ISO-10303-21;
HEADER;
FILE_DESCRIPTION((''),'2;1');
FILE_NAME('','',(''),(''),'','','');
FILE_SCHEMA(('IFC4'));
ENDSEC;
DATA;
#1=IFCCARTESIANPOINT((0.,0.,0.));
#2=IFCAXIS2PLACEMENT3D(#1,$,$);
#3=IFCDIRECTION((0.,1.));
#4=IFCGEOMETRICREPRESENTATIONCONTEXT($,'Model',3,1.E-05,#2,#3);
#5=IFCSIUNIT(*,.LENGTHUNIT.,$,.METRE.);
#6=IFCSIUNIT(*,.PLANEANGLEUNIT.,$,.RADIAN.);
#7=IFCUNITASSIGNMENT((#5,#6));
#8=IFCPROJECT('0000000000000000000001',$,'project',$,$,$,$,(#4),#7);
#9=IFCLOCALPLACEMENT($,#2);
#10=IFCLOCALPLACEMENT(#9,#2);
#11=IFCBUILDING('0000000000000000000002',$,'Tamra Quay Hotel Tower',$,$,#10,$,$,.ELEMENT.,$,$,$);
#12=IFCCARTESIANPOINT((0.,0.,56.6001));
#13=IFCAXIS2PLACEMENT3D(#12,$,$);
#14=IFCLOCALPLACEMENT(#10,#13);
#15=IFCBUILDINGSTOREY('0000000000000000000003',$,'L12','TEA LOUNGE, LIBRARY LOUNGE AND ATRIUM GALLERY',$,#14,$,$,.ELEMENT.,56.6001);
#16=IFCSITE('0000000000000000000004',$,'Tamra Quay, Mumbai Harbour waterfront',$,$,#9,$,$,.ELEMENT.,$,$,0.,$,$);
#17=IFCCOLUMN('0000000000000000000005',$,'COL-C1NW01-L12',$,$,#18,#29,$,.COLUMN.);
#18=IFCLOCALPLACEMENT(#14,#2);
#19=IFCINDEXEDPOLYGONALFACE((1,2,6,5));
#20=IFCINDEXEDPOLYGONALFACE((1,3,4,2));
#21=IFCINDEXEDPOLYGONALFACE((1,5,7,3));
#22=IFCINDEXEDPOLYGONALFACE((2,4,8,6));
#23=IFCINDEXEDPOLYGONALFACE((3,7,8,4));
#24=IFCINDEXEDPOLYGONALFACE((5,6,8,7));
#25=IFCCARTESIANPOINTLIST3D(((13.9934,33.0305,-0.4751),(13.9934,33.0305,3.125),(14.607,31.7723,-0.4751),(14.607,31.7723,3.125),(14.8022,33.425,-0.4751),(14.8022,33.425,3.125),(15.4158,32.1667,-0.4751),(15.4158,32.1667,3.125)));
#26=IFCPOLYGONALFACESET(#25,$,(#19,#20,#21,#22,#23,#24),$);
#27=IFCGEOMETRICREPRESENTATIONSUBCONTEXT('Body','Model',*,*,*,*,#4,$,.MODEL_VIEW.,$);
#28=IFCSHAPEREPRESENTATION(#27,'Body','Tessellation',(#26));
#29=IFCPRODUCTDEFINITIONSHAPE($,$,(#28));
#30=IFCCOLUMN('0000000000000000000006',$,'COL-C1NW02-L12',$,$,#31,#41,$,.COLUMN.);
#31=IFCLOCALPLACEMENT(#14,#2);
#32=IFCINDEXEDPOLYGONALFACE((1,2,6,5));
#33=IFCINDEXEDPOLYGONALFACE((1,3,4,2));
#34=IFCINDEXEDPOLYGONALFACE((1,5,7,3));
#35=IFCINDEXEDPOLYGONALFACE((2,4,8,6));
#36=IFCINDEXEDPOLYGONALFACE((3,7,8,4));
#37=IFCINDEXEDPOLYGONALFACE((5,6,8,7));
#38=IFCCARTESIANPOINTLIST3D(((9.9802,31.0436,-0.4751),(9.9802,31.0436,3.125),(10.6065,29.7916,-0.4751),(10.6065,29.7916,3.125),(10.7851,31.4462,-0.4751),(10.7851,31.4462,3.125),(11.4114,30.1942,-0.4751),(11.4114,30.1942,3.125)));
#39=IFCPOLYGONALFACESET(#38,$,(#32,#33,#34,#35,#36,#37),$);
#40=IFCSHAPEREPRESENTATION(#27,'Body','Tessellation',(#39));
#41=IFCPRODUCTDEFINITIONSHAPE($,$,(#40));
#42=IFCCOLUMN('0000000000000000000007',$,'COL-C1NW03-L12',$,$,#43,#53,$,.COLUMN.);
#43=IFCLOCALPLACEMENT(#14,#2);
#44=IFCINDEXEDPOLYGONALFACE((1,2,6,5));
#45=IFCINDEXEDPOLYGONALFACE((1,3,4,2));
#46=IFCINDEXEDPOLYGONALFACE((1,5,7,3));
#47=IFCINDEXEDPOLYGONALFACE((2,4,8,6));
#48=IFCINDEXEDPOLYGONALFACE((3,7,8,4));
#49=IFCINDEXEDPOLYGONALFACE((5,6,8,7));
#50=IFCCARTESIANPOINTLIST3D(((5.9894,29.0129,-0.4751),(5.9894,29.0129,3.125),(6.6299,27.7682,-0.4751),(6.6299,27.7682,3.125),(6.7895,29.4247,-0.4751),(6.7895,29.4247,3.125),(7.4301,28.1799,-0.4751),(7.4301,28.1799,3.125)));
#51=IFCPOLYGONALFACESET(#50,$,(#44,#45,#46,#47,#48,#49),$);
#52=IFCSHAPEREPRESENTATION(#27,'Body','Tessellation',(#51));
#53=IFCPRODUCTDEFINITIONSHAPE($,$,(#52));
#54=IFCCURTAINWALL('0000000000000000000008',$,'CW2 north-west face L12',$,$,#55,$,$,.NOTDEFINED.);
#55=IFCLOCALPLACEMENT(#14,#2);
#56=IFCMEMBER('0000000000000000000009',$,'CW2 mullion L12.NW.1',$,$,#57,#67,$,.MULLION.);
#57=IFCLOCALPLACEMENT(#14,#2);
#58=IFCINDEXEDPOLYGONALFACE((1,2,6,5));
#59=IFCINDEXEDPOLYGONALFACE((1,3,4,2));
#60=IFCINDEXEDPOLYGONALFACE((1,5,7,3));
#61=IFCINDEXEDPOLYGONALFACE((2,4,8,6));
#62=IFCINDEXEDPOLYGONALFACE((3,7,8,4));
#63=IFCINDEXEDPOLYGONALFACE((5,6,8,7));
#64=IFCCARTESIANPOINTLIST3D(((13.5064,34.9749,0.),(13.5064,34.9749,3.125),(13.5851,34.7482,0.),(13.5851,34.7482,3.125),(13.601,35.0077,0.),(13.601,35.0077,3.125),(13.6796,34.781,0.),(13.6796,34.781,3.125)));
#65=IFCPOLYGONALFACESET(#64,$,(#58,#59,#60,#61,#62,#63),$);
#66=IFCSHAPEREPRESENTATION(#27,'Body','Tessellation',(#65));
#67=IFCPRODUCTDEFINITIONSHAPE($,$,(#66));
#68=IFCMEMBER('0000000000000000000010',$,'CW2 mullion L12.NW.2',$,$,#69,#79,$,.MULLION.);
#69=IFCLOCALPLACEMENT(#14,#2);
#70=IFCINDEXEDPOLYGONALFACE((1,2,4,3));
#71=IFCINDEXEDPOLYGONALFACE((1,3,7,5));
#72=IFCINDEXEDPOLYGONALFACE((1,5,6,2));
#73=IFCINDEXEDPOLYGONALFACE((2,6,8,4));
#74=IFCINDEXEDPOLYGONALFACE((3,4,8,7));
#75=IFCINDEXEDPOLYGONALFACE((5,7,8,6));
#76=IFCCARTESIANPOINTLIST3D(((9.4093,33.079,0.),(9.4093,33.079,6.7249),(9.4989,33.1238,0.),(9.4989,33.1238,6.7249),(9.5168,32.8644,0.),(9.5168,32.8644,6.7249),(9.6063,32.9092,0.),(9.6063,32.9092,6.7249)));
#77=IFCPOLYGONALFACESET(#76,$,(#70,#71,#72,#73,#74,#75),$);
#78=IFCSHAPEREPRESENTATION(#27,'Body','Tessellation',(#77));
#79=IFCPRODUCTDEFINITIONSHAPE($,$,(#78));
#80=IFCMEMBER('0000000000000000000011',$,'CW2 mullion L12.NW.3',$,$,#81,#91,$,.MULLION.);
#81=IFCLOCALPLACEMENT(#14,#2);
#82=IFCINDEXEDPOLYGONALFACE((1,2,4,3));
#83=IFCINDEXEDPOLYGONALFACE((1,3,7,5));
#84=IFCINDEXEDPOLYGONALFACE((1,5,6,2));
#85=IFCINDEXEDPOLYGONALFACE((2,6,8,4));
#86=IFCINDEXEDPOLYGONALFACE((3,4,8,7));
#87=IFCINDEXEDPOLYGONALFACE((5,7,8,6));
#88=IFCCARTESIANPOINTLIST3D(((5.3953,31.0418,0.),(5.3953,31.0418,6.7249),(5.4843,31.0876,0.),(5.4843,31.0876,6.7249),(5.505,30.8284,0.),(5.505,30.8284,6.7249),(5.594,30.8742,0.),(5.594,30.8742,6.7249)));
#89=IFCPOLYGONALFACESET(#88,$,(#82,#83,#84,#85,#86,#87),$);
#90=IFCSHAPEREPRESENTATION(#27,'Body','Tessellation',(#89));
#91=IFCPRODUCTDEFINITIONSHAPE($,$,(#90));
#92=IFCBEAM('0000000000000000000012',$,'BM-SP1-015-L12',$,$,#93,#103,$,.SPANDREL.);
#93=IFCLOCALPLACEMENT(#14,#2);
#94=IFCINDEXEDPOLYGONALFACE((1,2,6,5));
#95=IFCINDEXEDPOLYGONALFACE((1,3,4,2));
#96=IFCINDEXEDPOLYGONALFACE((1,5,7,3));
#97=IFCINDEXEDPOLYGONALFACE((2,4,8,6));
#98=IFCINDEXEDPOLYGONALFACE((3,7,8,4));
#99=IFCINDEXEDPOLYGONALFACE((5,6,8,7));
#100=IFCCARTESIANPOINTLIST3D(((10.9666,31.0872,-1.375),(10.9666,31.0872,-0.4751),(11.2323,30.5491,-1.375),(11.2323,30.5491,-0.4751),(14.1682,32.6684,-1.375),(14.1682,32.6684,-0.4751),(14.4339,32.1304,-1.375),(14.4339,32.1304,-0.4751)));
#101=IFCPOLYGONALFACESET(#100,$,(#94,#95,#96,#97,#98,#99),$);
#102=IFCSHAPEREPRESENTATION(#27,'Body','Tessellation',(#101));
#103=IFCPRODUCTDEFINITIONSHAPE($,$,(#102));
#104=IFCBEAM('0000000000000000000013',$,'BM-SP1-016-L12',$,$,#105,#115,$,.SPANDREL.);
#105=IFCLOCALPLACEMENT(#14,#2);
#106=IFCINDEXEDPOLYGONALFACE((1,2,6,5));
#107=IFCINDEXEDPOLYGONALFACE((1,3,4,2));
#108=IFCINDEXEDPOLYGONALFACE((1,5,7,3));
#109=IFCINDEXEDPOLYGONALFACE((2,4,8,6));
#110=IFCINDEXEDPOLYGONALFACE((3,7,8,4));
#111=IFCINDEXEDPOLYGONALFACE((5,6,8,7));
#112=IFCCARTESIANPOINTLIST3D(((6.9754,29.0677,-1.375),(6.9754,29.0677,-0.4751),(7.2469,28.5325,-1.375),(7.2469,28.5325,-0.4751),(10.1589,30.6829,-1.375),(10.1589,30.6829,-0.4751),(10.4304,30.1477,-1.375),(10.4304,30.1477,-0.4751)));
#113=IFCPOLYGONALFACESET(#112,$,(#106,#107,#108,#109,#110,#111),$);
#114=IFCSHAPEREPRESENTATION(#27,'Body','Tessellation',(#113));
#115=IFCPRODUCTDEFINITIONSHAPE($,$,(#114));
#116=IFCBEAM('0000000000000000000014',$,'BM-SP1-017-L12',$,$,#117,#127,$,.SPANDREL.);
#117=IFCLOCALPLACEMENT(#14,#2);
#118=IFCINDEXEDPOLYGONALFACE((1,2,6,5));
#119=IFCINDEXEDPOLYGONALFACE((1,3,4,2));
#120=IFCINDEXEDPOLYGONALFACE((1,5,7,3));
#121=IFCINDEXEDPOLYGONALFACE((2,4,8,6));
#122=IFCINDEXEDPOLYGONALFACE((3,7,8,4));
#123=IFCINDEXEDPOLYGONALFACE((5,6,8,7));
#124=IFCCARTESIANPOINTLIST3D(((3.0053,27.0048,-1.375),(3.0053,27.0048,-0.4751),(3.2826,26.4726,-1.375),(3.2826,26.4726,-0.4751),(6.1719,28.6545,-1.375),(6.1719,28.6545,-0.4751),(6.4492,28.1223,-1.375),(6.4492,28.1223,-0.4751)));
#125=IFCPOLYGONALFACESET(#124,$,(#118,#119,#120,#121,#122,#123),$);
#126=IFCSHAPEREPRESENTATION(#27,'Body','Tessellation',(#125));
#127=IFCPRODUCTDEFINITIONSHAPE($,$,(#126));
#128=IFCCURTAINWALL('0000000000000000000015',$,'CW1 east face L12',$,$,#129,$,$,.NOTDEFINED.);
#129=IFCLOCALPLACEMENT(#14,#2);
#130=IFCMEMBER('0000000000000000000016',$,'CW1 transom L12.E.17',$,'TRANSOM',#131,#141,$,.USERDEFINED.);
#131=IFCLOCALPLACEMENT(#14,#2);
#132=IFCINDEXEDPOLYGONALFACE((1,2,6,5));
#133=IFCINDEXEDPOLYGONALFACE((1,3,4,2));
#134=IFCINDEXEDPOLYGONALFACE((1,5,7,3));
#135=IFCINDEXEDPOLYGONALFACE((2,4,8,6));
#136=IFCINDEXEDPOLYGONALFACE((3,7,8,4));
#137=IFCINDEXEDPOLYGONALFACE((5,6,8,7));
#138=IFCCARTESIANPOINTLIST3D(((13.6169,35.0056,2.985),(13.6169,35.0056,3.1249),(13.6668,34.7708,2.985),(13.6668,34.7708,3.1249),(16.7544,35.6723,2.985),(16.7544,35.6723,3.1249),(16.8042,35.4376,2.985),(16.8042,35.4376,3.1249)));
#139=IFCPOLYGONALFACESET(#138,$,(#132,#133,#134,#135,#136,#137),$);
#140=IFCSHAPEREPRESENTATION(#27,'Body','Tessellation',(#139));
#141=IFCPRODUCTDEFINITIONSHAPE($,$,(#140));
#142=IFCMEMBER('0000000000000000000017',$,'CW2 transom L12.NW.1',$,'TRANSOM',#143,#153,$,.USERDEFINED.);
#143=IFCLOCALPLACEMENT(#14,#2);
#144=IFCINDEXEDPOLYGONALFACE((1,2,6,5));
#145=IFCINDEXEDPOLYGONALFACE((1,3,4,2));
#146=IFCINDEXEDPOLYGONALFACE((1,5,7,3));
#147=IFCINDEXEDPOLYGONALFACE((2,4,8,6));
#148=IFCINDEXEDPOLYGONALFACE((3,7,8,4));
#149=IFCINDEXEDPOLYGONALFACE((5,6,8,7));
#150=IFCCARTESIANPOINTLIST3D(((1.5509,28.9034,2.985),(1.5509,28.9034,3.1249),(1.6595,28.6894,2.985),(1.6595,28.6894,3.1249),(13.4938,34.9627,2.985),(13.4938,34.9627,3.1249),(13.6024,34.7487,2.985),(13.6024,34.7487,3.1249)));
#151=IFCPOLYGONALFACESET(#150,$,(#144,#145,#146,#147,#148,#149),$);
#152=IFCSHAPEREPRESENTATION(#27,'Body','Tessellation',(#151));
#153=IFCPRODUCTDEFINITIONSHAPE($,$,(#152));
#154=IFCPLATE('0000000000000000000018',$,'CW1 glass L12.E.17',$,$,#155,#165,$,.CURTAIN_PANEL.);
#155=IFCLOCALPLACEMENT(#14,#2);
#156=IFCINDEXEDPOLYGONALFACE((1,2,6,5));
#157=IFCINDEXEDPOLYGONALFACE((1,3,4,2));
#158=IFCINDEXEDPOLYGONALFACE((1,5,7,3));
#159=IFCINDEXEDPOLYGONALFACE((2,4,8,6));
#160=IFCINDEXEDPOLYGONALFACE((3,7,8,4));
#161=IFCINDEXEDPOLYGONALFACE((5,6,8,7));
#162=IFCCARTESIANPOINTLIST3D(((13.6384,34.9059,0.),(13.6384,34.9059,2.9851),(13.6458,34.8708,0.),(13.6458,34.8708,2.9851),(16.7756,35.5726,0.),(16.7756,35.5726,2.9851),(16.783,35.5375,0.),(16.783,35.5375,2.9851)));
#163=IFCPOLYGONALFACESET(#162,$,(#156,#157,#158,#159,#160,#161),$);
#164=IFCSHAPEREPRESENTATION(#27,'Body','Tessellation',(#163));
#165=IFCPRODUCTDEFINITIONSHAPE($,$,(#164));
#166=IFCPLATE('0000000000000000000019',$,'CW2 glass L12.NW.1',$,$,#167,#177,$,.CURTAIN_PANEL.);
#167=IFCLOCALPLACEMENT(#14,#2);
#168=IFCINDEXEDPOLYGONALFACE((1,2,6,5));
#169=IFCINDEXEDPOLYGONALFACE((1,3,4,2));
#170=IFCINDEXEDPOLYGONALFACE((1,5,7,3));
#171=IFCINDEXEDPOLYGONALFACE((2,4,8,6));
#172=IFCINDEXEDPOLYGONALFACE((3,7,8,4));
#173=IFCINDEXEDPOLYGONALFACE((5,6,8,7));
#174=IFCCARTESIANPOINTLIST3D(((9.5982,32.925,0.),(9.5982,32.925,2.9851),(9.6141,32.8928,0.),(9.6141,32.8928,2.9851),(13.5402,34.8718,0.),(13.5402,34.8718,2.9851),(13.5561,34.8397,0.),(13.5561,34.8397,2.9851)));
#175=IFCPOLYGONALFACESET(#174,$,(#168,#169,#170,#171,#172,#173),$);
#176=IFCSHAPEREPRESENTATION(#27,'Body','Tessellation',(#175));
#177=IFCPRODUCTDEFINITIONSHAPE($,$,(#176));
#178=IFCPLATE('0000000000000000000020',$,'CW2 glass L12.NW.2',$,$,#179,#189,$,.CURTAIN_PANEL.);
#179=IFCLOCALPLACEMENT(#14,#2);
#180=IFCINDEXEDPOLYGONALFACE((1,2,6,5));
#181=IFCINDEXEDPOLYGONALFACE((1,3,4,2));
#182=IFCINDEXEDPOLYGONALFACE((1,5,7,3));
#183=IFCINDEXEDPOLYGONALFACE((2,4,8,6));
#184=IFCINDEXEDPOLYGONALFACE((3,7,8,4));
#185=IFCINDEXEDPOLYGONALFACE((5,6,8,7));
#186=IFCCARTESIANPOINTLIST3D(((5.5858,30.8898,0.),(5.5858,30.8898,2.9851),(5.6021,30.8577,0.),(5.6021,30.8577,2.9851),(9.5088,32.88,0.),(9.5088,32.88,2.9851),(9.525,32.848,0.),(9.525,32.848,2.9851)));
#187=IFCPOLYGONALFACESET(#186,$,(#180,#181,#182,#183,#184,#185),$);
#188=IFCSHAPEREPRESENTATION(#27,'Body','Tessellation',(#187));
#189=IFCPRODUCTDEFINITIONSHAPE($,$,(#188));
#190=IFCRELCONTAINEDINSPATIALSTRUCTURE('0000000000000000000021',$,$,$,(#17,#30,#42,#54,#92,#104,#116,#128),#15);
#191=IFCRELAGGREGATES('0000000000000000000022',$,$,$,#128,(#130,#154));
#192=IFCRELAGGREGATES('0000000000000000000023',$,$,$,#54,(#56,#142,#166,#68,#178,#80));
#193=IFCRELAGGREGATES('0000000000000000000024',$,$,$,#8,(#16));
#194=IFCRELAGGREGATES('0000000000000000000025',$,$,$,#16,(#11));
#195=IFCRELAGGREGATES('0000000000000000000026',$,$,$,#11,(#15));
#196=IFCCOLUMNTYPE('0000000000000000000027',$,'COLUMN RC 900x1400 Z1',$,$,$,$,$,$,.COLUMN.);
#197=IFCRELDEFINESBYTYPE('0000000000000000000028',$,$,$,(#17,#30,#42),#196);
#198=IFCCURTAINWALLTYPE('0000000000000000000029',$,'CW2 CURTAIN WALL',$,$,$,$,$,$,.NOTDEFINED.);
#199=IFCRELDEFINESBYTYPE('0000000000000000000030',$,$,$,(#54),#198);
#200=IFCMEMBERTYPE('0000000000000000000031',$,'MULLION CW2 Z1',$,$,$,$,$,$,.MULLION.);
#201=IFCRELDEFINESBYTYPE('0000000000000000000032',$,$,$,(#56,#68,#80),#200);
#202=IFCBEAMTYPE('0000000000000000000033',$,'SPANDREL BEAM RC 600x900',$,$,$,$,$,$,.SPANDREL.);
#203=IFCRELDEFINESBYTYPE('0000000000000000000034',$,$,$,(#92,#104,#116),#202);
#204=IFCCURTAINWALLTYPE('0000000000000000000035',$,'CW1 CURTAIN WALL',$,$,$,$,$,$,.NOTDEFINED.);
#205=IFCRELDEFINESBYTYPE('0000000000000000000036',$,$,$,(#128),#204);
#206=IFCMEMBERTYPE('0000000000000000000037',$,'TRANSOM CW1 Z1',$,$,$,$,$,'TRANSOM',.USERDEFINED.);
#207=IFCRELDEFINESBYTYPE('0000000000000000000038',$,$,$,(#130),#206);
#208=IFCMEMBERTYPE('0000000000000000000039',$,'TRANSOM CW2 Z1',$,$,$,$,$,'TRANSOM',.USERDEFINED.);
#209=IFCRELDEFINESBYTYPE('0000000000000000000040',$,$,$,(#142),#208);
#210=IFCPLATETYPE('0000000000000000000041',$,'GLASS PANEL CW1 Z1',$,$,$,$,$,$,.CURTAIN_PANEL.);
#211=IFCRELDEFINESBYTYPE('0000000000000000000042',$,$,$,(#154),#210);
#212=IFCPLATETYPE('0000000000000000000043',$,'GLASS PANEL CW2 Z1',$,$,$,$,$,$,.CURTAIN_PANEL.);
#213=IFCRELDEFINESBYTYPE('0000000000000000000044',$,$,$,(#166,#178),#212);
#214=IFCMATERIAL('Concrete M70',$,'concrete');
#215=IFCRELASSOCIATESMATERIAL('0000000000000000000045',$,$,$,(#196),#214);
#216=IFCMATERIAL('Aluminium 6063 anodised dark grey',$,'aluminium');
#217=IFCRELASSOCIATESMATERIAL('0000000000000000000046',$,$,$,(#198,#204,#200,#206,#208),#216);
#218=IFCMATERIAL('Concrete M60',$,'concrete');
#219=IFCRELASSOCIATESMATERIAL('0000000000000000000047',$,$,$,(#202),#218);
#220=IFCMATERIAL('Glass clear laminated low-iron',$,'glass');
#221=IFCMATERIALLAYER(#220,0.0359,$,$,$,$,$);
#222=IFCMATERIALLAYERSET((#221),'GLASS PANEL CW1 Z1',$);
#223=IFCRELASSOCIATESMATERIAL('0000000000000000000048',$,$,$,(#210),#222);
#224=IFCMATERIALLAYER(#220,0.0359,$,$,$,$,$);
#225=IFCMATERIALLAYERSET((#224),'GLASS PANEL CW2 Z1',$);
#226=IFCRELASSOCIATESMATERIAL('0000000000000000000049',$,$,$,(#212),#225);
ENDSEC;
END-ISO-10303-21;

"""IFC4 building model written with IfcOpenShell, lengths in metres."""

from ifc_helpers import new_model, si_unit, direction, frame, origin, origin_2d, place, context, subcontext, project, spatial, rectangle, extrude, material, layer, layer_set, material_profile, profile_set, type_object, element, aggregate, save


model = new_model("IFC4")

# Units and contexts
model_context = context("Model", 3, precision=1e-05, world=origin(), true_north=direction((0.0, 1.0)))
body_context = subcontext(model_context, "Body", "Model", "MODEL_VIEW")
ifc_project = project(units=[si_unit("LENGTHUNIT", "METRE"), si_unit("PLANEANGLEUNIT", "RADIAN")], contexts=[model_context])

# Site, building, storey
site_placement = place(None, origin())
site = spatial("IfcSite", under=ifc_project, at=site_placement, Name="Tamra Quay, Mumbai Harbour waterfront", CompositionType="ELEMENT", RefElevation=0.0)
building_placement = place(site_placement, origin())
building = spatial("IfcBuilding", under=site, at=building_placement, Name="Tamra Quay Hotel Tower", CompositionType="ELEMENT")
storey_placement = place(building_placement, frame((0.0, 0.0, 56.6001)))
storey = spatial("IfcBuildingStorey", under=building, at=storey_placement, Name="L12", Description="TEA LOUNGE, LIBRARY LOUNGE AND ATRIUM GALLERY", CompositionType="ELEMENT", Elevation=56.6001)

# Columns
ifc_material_1 = material(Name="Concrete M70", Category="concrete")
ifc_material_profile_1 = material_profile(ifc_material_1, rectangle(XDim=1.3999, YDim=0.8999, at=origin_2d()), Name="COLUMN RC 900x1400 Z1")
ifc_profile_set_1 = profile_set([ifc_material_profile_1], Name="Concrete M70")
column_type = type_object("IfcColumnType", Name="COLUMN RC 900x1400 Z1", PredefinedType="COLUMN", material=ifc_profile_set_1)
for number, where, z_axis, x_axis, name in (
    (1, (14.7046, 32.5986, -0.4751), (0.0, 0.0, 1.0), (-0.438341, 0.898809, 0.0), "COL-C1NW01-L12"),
    (2, (10.6958, 30.6189, -0.4751), (0.0, 0.0, 1.0), (-0.447377, 0.894346, 0.0), "COL-C1NW02-L12"),
    (3, (6.7097, 28.5964, -0.4751), (0.0, 0.0, 1.0), (-0.457548, 0.889185, 0.0), "COL-C1NW03-L12"),
):
    element("IfcColumn", number, at=place(storey_placement, frame(where, z_axis=z_axis, x_axis=x_axis)), inside=storey, type_object=column_type, Name=name, PredefinedType="COLUMN", context=body_context, shape_type="SweptSolid", body=[
        extrude(rectangle(XDim=1.3999, YDim=0.8999, at=origin_2d()), origin(), (0.0, 0.0, 1.0), 3.6001),
    ])

# Curtain wall, members
ifc_material_2 = material(Name="Aluminium 6063 anodised dark grey", Category="aluminium")
curtain_wall_type_1 = type_object("IfcCurtainWallType", Name="CW2 CURTAIN WALL", PredefinedType="NOTDEFINED", material=ifc_material_2)
curtain_wall_1_placement = place(storey_placement, origin())
curtain_wall_1 = element("IfcCurtainWall", 4, at=curtain_wall_1_placement, inside=storey, type_object=curtain_wall_type_1, Name="CW2 north-west face L12", PredefinedType="NOTDEFINED")
ifc_material_profile_2 = material_profile(ifc_material_2, rectangle(XDim=0.24, YDim=0.1001, at=origin_2d()), Name="MULLION 100X240")
ifc_profile_set_2 = profile_set([ifc_material_profile_2], Name="Aluminium 6063 anodised dark grey")
member_type_1 = type_object("IfcMemberType", Name="MULLION CW2 Z1", PredefinedType="MULLION", material=ifc_profile_set_2)
member_1_placement = place(storey_placement, frame((13.593, 34.8779, 0.0), z_axis=(0.0, 0.0, 1.0), x_axis=(-0.327898, 0.944713, 0.0)))
member_1 = element("IfcMember", 5, at=member_1_placement, type_object=member_type_1, Name="CW2 mullion L12.NW.1", PredefinedType="MULLION", context=body_context, shape_type="SweptSolid", body=[
    extrude(rectangle(XDim=0.24, YDim=0.1001, at=origin_2d()), origin(), (0.0, 0.0, 1.0), 3.125),
])
member_2_placement = place(storey_placement, frame((9.5078, 32.9941, 0.0), z_axis=(0.0, 0.0, 1.0), x_axis=(-0.447641, 0.894213, 0.0)))
member_2 = element("IfcMember", 6, at=member_2_placement, type_object=member_type_1, Name="CW2 mullion L12.NW.2", PredefinedType="MULLION", context=body_context, shape_type="SweptSolid", body=[
    extrude(rectangle(XDim=0.24, YDim=0.1001, at=origin_2d()), origin(), (0.0, 0.0, 1.0), 6.7249),
])
member_3_placement = place(storey_placement, frame((5.4946, 30.958, 0.0), z_axis=(0.0, 0.0, 1.0), x_axis=(-0.457254, 0.889336, 0.0)))
member_3 = element("IfcMember", 7, at=member_3_placement, type_object=member_type_1, Name="CW2 mullion L12.NW.3", PredefinedType="MULLION", context=body_context, shape_type="SweptSolid", body=[
    extrude(rectangle(XDim=0.24, YDim=0.1001, at=origin_2d()), origin(), (0.0, 0.0, 1.0), 6.7249),
])

# Beams
ifc_material_3 = material(Name="Concrete M60", Category="concrete")
ifc_material_profile_3 = material_profile(ifc_material_3, rectangle(XDim=0.6001, YDim=0.8999, at=origin_2d()), Name="SPANDREL BEAM RC 600x900")
ifc_profile_set_3 = profile_set([ifc_material_profile_3], Name="Concrete M60")
beam_type = type_object("IfcBeamType", Name="SPANDREL BEAM RC 600x900", PredefinedType="SPANDREL", material=ifc_profile_set_3)
beam_1_placement = place(storey_placement, frame((14.301, 32.3994, -0.925), z_axis=(-0.896604, -0.442833, 0.0), x_axis=(0.442833, -0.896604, 0.0)))
element("IfcBeam", 8, at=beam_1_placement, inside=storey, type_object=beam_type, Name="BM-SP1-015-L12", PredefinedType="SPANDREL", context=body_context, shape_type="SweptSolid", body=[
    extrude(rectangle(XDim=0.6001, YDim=0.8999, at=origin_2d()), origin(), (0.0, 0.0, 1.0), 3.5708),
])
beam_2_placement = place(storey_placement, frame((10.2947, 30.4153, -0.925), z_axis=(-0.891786, -0.452458, 0.0), x_axis=(0.452458, -0.891786, 0.0)))
element("IfcBeam", 9, at=beam_2_placement, inside=storey, type_object=beam_type, Name="BM-SP1-016-L12", PredefinedType="SPANDREL", context=body_context, shape_type="SweptSolid", body=[
    extrude(rectangle(XDim=0.6001, YDim=0.8999, at=origin_2d()), origin(), (0.0, 0.0, 1.0), 3.5698),
])
beam_3_placement = place(storey_placement, frame((6.3105, 28.3884, -0.925), z_axis=(-0.886864, -0.462031, 0.0), x_axis=(0.462031, -0.886864, 0.0)))
element("IfcBeam", 10, at=beam_3_placement, inside=storey, type_object=beam_type, Name="BM-SP1-017-L12", PredefinedType="SPANDREL", context=body_context, shape_type="SweptSolid", body=[
    extrude(rectangle(XDim=0.6001, YDim=0.8999, at=origin_2d()), origin(), (0.0, 0.0, 1.0), 3.5706),
])

# Curtain wall, member
curtain_wall_type_2 = type_object("IfcCurtainWallType", Name="CW1 CURTAIN WALL", PredefinedType="NOTDEFINED", material=ifc_material_2)
curtain_wall_2_placement = place(storey_placement, origin())
curtain_wall_2 = element("IfcCurtainWall", 11, at=curtain_wall_2_placement, inside=storey, type_object=curtain_wall_type_2, Name="CW1 east face L12", PredefinedType="NOTDEFINED")
ifc_material_profile_4 = material_profile(ifc_material_2, rectangle(XDim=0.24, YDim=0.1399, at=origin_2d()), Name="TRANSOM 240X140")
ifc_profile_set_4 = profile_set([ifc_material_profile_4], Name="Aluminium 6063 anodised dark grey")
member_type_2 = type_object("IfcMemberType", Name="TRANSOM CW1 Z1", ElementType="TRANSOM", PredefinedType="USERDEFINED", material=ifc_profile_set_4)
member_4_placement = place(storey_placement, frame((16.7793, 35.5549, 3.0549), z_axis=(-0.978156, -0.207871, 0.0), x_axis=(0.207871, -0.978156, 0.0)))
member_4 = element("IfcMember", 12, at=member_4_placement, type_object=member_type_2, Name="CW1 transom L12.E.17", ObjectType="TRANSOM", PredefinedType="USERDEFINED", context=body_context, shape_type="SweptSolid", body=[
    extrude(rectangle(XDim=0.24, YDim=0.1399, at=origin_2d()), origin(), (0.0, 0.0, 1.0), 3.2075),
])

# Member
ifc_material_profile_5 = material_profile(ifc_material_2, rectangle(XDim=0.24, YDim=0.1399, at=origin_2d()), Name="TRANSOM 240X140")
ifc_profile_set_5 = profile_set([ifc_material_profile_5], Name="Aluminium 6063 anodised dark grey")
member_type_3 = type_object("IfcMemberType", Name="TRANSOM CW2 Z1", ElementType="TRANSOM", PredefinedType="USERDEFINED", material=ifc_profile_set_5)
member_5_placement = place(storey_placement, frame((13.5481, 34.8557, 3.0549), z_axis=(-0.891787, -0.452456, 0.0), x_axis=(0.452456, -0.891787, 0.0)))
member_5 = element("IfcMember", 13, at=member_5_placement, type_object=member_type_3, Name="CW2 transom L12.NW.1", ObjectType="TRANSOM", PredefinedType="USERDEFINED", context=body_context, shape_type="SweptSolid", body=[
    extrude(rectangle(XDim=0.24, YDim=0.1399, at=origin_2d()), origin(), (0.0, 0.0, 1.0), 13.3921),
])

# Plates
ifc_material_4 = material(Name="Glass clear laminated low-iron", Category="glass")
ifc_layer_1 = layer(ifc_material_4, 0.0359)
ifc_layer_set_1 = layer_set([ifc_layer_1], Name="GLASS PANEL CW1 Z1")
plate_type_1 = type_object("IfcPlateType", Name="GLASS PANEL CW1 Z1", PredefinedType="CURTAIN_PANEL", material=ifc_layer_set_1)
plate_1_placement = place(storey_placement, frame((15.2107, 35.2217, 0.0), z_axis=(0.0, 0.0, 1.0), x_axis=(-0.978153, -0.207887, 0.0)))
plate_1 = element("IfcPlate", 14, at=plate_1_placement, type_object=plate_type_1, Name="CW1 glass L12.E.17", PredefinedType="CURTAIN_PANEL", context=body_context, shape_type="SweptSolid", body=[
    extrude(rectangle(XDim=3.2073, YDim=0.0359, at=origin_2d()), origin(), (0.0, 0.0, 1.0), 2.9851),
])
aggregate(curtain_wall_2, [member_4, plate_1])
ifc_layer_2 = layer(ifc_material_4, 0.0359)
ifc_layer_set_2 = layer_set([ifc_layer_2], Name="GLASS PANEL CW2 Z1")
plate_type_2 = type_object("IfcPlateType", Name="GLASS PANEL CW2 Z1", PredefinedType="CURTAIN_PANEL", material=ifc_layer_set_2)
plate_2_placement = place(storey_placement, frame((11.5771, 33.8823, 0.0), z_axis=(0.0, 0.0, 1.0), x_axis=(-0.896611, -0.442819, 0.0)))
plate_2 = element("IfcPlate", 15, at=plate_2_placement, type_object=plate_type_2, Name="CW2 glass L12.NW.1", PredefinedType="CURTAIN_PANEL", context=body_context, shape_type="SweptSolid", body=[
    extrude(rectangle(XDim=4.3965, YDim=0.0359, at=origin_2d()), origin(), (0.0, 0.0, 1.0), 2.9851),
])
plate_3_placement = place(storey_placement, frame((7.5554, 31.8689, 0.0), z_axis=(0.0, 0.0, 1.0), x_axis=(-0.89179, -0.45245, 0.0)))
plate_3 = element("IfcPlate", 16, at=plate_3_placement, type_object=plate_type_2, Name="CW2 glass L12.NW.2", PredefinedType="CURTAIN_PANEL", context=body_context, shape_type="SweptSolid", body=[
    extrude(rectangle(XDim=4.3989, YDim=0.0359, at=origin_2d()), origin(), (0.0, 0.0, 1.0), 2.9851),
])
aggregate(curtain_wall_1, [member_1, member_5, plate_2, member_2, plate_3, member_3])

save(model, "model.ifc")
